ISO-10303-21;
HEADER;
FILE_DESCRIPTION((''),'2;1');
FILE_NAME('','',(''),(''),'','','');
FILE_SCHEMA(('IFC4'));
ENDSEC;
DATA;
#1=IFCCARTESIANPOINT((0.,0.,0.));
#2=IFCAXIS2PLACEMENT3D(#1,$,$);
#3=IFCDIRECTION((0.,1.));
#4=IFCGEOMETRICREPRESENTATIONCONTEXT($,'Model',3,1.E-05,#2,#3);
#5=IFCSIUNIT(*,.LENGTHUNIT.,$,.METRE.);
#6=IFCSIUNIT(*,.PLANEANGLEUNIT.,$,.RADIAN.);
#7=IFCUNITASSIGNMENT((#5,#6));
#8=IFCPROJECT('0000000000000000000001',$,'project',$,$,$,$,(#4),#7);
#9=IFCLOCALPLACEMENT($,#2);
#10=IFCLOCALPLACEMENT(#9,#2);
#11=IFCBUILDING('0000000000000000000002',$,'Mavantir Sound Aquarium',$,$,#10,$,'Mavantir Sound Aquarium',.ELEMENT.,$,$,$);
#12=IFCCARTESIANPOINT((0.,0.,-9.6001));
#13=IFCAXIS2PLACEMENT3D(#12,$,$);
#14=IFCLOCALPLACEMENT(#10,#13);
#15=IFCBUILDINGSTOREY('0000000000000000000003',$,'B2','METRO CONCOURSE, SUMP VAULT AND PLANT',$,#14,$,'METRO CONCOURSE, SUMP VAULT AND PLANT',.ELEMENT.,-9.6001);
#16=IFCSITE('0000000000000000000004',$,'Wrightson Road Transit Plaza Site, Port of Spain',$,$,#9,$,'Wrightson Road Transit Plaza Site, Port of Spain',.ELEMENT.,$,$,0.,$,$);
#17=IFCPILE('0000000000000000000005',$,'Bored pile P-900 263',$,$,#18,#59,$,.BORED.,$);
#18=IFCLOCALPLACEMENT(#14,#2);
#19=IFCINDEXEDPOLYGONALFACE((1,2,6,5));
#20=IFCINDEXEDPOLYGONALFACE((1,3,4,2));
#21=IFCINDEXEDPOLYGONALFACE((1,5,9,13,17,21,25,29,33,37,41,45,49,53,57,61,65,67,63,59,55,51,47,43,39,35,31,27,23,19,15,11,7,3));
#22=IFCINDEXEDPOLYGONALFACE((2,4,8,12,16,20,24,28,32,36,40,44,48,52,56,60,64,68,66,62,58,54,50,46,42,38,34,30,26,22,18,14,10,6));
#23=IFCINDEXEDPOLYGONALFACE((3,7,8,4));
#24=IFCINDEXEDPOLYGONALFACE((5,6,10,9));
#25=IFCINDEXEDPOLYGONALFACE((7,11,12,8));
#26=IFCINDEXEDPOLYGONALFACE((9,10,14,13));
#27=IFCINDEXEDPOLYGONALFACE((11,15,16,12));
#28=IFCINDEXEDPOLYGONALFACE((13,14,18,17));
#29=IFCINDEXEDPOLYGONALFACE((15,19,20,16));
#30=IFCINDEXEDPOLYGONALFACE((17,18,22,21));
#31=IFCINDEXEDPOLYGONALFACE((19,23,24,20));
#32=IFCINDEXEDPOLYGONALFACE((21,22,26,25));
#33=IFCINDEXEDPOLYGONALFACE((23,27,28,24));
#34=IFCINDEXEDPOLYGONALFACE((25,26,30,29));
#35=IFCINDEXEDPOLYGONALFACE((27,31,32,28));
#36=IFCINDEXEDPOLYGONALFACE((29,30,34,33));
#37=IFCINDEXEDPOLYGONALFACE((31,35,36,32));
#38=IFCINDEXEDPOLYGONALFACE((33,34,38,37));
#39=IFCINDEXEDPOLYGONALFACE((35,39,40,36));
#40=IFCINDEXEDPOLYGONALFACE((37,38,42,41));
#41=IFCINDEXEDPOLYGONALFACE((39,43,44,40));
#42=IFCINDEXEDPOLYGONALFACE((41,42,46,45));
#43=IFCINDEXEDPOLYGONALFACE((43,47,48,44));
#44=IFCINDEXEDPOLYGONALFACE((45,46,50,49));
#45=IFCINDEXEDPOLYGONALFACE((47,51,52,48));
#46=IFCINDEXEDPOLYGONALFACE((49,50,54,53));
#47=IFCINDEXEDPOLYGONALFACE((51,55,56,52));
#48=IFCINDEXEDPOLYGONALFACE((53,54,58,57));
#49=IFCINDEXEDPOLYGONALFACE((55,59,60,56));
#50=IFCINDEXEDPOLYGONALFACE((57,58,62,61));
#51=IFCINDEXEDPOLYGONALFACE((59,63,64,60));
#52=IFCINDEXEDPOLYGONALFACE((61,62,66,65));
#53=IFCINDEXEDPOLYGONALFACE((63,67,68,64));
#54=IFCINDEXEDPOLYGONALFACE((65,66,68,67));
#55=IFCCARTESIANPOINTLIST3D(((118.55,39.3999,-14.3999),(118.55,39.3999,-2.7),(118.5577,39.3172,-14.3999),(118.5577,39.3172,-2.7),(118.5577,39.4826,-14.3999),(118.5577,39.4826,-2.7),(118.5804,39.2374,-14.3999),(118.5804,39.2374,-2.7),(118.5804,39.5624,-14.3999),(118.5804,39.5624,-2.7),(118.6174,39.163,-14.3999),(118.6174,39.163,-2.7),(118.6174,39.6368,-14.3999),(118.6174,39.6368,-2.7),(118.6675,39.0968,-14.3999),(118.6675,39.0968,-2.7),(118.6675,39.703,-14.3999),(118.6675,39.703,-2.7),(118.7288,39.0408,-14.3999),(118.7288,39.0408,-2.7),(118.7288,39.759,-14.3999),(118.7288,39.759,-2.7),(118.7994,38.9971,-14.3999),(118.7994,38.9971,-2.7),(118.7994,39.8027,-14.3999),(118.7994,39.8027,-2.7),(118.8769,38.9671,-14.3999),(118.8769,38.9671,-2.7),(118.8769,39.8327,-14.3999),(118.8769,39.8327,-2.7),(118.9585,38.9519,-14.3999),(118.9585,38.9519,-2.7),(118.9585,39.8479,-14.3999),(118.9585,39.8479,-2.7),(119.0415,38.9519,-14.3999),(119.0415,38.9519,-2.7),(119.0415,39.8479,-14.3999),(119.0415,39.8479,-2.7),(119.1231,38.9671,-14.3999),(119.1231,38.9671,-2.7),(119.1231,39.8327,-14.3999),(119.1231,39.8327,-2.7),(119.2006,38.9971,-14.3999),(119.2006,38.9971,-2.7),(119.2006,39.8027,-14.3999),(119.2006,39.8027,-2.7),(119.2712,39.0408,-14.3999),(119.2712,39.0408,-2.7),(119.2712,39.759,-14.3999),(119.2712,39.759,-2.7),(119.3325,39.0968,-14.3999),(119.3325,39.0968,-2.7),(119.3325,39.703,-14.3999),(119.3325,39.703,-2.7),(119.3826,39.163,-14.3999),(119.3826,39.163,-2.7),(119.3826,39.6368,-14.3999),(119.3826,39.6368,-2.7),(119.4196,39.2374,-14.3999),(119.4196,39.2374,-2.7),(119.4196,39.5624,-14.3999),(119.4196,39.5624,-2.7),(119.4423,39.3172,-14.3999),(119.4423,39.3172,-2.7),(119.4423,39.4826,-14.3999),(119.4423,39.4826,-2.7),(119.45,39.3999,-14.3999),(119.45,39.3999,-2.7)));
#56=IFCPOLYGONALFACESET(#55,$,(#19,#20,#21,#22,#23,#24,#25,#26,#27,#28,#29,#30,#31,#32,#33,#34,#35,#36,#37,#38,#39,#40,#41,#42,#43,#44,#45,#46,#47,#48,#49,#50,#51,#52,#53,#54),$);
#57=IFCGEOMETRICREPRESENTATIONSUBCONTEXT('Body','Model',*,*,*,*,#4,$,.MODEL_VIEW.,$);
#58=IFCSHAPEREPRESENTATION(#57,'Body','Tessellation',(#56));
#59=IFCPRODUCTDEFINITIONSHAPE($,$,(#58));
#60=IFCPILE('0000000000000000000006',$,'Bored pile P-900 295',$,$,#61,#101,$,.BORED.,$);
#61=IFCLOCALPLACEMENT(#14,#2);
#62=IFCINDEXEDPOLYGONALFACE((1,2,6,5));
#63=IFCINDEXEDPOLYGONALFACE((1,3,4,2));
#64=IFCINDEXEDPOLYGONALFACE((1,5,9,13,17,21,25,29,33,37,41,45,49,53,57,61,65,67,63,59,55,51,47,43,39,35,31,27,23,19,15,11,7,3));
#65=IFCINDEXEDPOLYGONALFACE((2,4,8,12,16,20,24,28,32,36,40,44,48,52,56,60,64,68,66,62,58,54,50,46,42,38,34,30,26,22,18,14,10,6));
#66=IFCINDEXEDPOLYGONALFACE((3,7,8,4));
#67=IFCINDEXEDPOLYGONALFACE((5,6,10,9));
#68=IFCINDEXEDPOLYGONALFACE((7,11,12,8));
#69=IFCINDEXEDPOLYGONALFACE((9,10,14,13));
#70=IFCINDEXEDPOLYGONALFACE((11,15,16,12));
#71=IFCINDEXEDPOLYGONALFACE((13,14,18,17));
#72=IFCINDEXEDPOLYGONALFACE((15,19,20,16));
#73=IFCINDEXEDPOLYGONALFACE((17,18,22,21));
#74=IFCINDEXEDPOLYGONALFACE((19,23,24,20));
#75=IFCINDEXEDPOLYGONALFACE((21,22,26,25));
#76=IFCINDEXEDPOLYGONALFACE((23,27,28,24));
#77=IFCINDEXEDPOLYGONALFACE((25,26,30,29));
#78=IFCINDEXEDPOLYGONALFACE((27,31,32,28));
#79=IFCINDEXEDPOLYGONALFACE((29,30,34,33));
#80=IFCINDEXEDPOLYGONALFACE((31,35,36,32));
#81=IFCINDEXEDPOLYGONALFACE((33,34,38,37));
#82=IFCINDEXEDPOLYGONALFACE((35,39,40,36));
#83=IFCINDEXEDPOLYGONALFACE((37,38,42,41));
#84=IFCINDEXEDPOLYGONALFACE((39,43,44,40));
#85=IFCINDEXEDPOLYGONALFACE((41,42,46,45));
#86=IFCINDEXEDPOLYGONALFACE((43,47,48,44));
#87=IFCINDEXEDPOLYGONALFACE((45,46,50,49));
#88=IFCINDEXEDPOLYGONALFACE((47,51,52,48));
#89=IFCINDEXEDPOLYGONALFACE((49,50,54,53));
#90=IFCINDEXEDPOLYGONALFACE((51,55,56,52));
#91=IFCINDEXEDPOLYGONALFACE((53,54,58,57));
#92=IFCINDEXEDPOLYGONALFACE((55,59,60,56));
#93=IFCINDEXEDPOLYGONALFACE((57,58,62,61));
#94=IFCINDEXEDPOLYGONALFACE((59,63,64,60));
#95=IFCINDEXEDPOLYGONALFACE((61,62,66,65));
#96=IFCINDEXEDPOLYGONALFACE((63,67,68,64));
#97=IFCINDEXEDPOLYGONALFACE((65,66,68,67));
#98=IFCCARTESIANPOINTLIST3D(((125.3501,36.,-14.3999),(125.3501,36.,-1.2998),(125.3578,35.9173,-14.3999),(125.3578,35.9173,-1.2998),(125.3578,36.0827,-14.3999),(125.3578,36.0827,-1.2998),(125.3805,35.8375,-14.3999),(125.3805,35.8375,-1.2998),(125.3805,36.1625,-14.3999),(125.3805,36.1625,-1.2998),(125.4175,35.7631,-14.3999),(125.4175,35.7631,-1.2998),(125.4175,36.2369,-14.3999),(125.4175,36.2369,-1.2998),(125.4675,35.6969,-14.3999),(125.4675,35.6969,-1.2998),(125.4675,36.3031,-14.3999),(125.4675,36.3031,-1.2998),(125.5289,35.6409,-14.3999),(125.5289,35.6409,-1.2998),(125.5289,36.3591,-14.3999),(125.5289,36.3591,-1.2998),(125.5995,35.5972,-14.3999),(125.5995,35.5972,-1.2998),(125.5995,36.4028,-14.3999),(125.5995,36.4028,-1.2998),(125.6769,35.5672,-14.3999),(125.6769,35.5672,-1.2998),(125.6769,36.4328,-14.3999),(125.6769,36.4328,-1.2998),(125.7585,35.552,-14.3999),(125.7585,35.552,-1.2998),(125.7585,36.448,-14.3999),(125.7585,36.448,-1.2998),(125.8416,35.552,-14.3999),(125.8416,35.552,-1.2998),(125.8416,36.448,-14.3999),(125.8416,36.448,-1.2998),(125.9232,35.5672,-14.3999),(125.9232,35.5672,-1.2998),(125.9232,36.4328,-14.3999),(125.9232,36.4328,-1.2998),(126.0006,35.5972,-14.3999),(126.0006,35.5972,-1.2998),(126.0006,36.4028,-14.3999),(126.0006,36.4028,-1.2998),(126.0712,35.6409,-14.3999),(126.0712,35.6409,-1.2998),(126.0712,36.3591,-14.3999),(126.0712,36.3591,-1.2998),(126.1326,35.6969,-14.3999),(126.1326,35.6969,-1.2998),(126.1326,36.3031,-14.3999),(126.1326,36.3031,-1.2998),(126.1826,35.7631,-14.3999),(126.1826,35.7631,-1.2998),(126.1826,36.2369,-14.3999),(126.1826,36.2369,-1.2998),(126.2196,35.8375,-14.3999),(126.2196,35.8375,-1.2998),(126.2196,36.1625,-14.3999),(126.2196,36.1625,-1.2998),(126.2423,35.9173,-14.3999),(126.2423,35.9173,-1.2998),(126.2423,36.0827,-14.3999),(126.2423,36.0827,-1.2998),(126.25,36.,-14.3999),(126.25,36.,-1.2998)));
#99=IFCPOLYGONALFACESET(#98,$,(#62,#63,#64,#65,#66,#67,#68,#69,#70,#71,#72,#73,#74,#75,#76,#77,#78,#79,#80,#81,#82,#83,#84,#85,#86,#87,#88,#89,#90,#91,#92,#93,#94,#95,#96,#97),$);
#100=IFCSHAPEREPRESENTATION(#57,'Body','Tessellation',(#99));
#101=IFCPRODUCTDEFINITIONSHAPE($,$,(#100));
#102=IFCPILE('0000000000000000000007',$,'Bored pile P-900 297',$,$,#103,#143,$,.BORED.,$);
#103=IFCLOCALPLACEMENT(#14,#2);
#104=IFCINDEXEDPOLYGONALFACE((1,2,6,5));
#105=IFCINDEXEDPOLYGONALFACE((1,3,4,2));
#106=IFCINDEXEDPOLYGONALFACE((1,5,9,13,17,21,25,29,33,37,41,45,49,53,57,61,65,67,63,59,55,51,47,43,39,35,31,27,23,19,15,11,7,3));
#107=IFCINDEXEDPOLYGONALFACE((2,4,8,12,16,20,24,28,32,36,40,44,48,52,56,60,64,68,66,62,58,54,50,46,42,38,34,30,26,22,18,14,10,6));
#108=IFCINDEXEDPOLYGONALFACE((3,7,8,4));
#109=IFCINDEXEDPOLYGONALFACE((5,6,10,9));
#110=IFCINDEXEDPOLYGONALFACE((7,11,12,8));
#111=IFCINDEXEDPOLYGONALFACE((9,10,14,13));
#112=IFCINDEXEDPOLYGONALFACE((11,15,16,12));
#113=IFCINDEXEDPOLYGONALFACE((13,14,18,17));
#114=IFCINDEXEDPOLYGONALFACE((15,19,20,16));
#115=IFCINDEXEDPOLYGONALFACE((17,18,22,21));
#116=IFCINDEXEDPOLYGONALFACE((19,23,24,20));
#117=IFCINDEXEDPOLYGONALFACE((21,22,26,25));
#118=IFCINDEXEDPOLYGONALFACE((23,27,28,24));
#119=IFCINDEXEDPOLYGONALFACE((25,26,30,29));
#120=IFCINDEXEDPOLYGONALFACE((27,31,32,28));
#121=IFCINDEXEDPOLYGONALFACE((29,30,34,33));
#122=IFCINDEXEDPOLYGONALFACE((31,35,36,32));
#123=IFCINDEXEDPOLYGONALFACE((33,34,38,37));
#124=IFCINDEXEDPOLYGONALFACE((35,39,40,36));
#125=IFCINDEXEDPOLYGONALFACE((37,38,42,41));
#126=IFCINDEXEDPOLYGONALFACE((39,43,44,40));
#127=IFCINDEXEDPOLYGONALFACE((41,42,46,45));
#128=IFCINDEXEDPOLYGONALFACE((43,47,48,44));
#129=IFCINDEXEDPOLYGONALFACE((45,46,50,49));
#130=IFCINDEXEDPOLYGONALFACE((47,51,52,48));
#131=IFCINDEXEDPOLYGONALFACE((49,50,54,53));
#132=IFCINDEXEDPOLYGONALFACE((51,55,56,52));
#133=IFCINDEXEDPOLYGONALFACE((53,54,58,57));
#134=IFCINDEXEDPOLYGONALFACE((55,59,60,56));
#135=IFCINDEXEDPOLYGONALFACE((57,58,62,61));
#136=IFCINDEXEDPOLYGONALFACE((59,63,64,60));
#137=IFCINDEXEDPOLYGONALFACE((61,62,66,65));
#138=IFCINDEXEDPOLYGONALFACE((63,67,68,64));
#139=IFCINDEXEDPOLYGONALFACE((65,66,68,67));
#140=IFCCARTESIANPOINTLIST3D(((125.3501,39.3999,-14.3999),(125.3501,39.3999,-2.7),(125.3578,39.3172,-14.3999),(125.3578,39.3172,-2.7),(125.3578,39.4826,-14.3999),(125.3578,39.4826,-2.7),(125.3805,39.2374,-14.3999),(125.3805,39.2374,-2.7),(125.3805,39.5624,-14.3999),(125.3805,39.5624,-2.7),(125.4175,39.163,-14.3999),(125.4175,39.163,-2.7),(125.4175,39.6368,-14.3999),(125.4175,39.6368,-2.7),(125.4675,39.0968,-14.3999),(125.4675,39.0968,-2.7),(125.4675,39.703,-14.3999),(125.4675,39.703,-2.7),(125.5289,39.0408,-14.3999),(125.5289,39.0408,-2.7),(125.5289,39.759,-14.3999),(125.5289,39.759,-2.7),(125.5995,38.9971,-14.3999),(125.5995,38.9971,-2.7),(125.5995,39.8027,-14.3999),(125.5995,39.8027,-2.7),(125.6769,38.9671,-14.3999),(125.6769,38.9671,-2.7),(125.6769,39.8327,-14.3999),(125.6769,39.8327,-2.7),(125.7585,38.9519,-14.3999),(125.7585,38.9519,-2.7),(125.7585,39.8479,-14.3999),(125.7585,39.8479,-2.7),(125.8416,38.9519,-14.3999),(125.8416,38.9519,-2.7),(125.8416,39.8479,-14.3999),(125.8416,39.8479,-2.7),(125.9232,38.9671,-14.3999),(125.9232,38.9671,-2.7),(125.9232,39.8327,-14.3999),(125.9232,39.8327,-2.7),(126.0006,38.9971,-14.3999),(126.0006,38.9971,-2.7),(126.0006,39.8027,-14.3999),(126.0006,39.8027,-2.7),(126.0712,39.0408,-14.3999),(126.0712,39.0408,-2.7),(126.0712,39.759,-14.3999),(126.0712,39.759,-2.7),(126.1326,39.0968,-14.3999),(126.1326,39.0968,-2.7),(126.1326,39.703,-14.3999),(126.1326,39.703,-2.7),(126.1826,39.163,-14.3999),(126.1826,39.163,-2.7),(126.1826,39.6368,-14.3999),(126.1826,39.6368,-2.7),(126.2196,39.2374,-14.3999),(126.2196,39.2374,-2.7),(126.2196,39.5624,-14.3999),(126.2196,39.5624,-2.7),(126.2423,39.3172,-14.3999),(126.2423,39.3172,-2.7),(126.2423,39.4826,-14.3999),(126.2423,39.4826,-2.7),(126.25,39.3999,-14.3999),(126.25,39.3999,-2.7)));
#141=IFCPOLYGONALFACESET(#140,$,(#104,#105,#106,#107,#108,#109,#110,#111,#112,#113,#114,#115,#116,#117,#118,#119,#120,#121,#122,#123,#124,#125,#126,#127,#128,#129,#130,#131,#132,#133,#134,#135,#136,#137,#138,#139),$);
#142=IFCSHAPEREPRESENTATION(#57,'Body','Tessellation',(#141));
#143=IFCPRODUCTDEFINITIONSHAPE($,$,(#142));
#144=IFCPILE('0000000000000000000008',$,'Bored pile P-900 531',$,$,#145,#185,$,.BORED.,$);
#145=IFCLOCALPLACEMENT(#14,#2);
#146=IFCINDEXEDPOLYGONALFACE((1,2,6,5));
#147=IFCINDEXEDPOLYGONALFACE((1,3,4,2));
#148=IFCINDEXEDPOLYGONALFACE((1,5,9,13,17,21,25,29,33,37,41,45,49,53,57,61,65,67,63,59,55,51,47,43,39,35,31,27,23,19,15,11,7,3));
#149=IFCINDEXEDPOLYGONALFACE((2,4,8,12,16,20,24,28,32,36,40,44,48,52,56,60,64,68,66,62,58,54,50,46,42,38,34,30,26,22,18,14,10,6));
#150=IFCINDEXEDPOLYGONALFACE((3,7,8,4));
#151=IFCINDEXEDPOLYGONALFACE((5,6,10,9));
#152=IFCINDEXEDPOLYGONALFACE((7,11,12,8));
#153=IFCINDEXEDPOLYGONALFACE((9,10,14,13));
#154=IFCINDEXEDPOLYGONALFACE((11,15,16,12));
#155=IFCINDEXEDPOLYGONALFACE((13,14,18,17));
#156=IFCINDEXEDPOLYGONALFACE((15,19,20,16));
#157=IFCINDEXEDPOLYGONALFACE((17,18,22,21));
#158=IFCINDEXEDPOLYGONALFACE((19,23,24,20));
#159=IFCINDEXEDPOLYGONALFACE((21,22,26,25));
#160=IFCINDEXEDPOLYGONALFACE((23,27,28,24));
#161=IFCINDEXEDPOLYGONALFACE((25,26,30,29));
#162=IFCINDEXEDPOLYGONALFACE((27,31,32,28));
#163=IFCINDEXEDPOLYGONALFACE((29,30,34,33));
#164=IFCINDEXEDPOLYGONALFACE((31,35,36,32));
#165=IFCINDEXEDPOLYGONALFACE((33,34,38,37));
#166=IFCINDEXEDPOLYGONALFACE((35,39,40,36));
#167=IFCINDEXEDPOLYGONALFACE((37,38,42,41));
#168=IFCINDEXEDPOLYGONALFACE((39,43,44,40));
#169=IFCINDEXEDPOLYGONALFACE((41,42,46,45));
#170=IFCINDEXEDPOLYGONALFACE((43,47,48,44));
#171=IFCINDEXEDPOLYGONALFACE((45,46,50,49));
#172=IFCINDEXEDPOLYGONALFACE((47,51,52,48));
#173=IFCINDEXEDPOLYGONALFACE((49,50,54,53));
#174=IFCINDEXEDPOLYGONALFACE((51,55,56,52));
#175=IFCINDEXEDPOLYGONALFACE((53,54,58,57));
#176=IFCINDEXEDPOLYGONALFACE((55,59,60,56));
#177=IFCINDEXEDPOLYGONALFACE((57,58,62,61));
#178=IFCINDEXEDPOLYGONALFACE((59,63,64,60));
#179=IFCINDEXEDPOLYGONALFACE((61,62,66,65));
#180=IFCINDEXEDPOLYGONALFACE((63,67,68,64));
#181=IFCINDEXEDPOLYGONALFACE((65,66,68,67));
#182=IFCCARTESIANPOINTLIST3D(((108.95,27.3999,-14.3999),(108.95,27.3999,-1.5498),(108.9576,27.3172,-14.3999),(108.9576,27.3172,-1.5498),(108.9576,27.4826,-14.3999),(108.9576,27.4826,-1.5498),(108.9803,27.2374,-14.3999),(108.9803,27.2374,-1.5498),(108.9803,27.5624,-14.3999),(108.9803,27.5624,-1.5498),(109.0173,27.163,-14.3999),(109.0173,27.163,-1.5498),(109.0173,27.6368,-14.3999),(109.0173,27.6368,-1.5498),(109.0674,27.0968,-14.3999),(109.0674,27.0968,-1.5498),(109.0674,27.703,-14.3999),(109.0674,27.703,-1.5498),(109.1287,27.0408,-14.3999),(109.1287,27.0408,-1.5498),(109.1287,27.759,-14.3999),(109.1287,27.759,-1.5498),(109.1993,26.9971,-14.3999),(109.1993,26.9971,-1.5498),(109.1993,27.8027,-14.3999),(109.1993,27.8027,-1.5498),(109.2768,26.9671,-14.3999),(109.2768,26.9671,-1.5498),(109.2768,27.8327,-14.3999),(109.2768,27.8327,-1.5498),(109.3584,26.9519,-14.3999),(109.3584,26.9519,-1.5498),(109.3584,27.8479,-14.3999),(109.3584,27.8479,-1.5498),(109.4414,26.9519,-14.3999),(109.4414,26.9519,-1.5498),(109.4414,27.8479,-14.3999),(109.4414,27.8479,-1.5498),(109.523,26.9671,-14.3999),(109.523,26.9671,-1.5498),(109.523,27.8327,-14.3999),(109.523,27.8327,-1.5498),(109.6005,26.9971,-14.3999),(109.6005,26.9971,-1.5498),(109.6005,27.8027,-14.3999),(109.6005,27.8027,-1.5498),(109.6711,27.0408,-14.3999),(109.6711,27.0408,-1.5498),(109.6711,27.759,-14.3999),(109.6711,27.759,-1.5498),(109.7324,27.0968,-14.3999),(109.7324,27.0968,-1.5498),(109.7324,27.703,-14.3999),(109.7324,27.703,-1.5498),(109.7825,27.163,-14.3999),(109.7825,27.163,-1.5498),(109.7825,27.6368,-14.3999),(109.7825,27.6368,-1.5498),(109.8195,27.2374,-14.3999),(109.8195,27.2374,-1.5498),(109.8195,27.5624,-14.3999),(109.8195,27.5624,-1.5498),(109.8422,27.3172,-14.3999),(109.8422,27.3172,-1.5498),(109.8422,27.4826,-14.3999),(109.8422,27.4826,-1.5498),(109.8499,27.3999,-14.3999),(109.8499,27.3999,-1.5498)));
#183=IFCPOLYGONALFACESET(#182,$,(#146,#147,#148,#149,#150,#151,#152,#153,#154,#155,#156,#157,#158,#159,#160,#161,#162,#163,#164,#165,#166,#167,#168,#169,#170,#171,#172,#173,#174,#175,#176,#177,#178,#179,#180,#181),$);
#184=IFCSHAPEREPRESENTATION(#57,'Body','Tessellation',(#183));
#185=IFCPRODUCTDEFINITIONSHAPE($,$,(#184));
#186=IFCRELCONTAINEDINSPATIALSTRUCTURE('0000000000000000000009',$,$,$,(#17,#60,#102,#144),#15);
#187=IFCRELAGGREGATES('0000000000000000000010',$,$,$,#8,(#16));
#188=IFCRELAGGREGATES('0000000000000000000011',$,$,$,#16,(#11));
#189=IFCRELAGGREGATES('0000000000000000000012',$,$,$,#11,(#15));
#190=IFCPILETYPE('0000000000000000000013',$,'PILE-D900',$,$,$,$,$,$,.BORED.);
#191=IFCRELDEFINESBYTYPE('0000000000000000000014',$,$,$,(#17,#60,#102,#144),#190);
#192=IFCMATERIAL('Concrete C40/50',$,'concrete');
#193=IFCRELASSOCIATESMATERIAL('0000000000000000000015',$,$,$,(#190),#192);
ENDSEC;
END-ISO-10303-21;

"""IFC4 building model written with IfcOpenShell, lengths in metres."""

from ifc_helpers import new_model, si_unit, direction, frame, origin, origin_2d, place, context, subcontext, project, spatial, circle, extrude, material, material_profile, profile_set, type_object, element, save


model = new_model("IFC4")

# Units and contexts
model_context = context("Model", 3, precision=1e-05, world=origin(), true_north=direction((0.0, 1.0)))
body_context = subcontext(model_context, "Body", "Model", "MODEL_VIEW")
ifc_project = project(units=[si_unit("LENGTHUNIT", "METRE"), si_unit("PLANEANGLEUNIT", "RADIAN")], contexts=[model_context])

# Site, building, storey
site_placement = place(None, origin())
site = spatial("IfcSite", under=ifc_project, at=site_placement, Name="Wrightson Road Transit Plaza Site, Port of Spain", LongName="Wrightson Road Transit Plaza Site, Port of Spain", CompositionType="ELEMENT", RefElevation=0.0)
building_placement = place(site_placement, origin())
building = spatial("IfcBuilding", under=site, at=building_placement, Name="Mavantir Sound Aquarium", LongName="Mavantir Sound Aquarium", CompositionType="ELEMENT")
storey_placement = place(building_placement, frame((0.0, 0.0, -9.6001)))
storey = spatial("IfcBuildingStorey", under=building, at=storey_placement, Name="B2", Description="METRO CONCOURSE, SUMP VAULT AND PLANT", LongName="METRO CONCOURSE, SUMP VAULT AND PLANT", CompositionType="ELEMENT", Elevation=-9.6001)

# Shared definitions
ifc_material_1 = material(Name="Concrete C40/50", Category="concrete")

# Piles
ifc_material_profile_1 = material_profile(ifc_material_1, circle(Radius=0.45, at=origin_2d()), Name="PILE D900")
ifc_profile_set_1 = profile_set([ifc_material_profile_1], Name="Concrete C40/50")
pile_type = type_object("IfcPileType", Name="PILE-D900", PredefinedType="BORED", material=ifc_profile_set_1)
for number, where, z_axis, x_axis, name in (
    (1, (119.0, 39.3999, -2.7), (0.0, 0.0, -1.0), (1.0, 0.0, 0.0), "Bored pile P-900 263"),
):
    element("IfcPile", number, at=place(storey_placement, frame(where, z_axis=z_axis, x_axis=x_axis)), inside=storey, type_object=pile_type, Name=name, PredefinedType="BORED", context=body_context, shape_type="SweptSolid", body=[
        extrude(circle(Radius=0.45, at=origin_2d()), origin(), (0.0, 0.0, 1.0), 11.7),
    ])
pile_1_placement = place(storey_placement, frame((125.8, 36.0, -1.2998), z_axis=(0.0, 0.0, -1.0), x_axis=(1.0, 0.0, 0.0)))
element("IfcPile", 2, at=pile_1_placement, inside=storey, type_object=pile_type, Name="Bored pile P-900 295", PredefinedType="BORED", context=body_context, shape_type="SweptSolid", body=[
    extrude(circle(Radius=0.45, at=origin_2d()), origin(), (0.0, 0.0, 1.0), 13.1001),
])
pile_2_placement = place(storey_placement, frame((125.8, 39.3999, -2.7), z_axis=(0.0, 0.0, -1.0), x_axis=(1.0, 0.0, 0.0)))
element("IfcPile", 3, at=pile_2_placement, inside=storey, type_object=pile_type, Name="Bored pile P-900 297", PredefinedType="BORED", context=body_context, shape_type="SweptSolid", body=[
    extrude(circle(Radius=0.45, at=origin_2d()), origin(), (0.0, 0.0, 1.0), 11.7),
])
for number, where, z_axis, x_axis, name in (
    (4, (109.3999, 27.3999, -1.5498), (0.0, 0.0, -1.0), (1.0, 0.0, 0.0), "Bored pile P-900 531"),
):
    element("IfcPile", number, at=place(storey_placement, frame(where, z_axis=z_axis, x_axis=x_axis)), inside=storey, type_object=pile_type, Name=name, PredefinedType="BORED", context=body_context, shape_type="SweptSolid", body=[
        extrude(circle(Radius=0.45, at=origin_2d()), origin(), (0.0, 0.0, 1.0), 12.8501),
    ])

save(model, "model.ifc")
